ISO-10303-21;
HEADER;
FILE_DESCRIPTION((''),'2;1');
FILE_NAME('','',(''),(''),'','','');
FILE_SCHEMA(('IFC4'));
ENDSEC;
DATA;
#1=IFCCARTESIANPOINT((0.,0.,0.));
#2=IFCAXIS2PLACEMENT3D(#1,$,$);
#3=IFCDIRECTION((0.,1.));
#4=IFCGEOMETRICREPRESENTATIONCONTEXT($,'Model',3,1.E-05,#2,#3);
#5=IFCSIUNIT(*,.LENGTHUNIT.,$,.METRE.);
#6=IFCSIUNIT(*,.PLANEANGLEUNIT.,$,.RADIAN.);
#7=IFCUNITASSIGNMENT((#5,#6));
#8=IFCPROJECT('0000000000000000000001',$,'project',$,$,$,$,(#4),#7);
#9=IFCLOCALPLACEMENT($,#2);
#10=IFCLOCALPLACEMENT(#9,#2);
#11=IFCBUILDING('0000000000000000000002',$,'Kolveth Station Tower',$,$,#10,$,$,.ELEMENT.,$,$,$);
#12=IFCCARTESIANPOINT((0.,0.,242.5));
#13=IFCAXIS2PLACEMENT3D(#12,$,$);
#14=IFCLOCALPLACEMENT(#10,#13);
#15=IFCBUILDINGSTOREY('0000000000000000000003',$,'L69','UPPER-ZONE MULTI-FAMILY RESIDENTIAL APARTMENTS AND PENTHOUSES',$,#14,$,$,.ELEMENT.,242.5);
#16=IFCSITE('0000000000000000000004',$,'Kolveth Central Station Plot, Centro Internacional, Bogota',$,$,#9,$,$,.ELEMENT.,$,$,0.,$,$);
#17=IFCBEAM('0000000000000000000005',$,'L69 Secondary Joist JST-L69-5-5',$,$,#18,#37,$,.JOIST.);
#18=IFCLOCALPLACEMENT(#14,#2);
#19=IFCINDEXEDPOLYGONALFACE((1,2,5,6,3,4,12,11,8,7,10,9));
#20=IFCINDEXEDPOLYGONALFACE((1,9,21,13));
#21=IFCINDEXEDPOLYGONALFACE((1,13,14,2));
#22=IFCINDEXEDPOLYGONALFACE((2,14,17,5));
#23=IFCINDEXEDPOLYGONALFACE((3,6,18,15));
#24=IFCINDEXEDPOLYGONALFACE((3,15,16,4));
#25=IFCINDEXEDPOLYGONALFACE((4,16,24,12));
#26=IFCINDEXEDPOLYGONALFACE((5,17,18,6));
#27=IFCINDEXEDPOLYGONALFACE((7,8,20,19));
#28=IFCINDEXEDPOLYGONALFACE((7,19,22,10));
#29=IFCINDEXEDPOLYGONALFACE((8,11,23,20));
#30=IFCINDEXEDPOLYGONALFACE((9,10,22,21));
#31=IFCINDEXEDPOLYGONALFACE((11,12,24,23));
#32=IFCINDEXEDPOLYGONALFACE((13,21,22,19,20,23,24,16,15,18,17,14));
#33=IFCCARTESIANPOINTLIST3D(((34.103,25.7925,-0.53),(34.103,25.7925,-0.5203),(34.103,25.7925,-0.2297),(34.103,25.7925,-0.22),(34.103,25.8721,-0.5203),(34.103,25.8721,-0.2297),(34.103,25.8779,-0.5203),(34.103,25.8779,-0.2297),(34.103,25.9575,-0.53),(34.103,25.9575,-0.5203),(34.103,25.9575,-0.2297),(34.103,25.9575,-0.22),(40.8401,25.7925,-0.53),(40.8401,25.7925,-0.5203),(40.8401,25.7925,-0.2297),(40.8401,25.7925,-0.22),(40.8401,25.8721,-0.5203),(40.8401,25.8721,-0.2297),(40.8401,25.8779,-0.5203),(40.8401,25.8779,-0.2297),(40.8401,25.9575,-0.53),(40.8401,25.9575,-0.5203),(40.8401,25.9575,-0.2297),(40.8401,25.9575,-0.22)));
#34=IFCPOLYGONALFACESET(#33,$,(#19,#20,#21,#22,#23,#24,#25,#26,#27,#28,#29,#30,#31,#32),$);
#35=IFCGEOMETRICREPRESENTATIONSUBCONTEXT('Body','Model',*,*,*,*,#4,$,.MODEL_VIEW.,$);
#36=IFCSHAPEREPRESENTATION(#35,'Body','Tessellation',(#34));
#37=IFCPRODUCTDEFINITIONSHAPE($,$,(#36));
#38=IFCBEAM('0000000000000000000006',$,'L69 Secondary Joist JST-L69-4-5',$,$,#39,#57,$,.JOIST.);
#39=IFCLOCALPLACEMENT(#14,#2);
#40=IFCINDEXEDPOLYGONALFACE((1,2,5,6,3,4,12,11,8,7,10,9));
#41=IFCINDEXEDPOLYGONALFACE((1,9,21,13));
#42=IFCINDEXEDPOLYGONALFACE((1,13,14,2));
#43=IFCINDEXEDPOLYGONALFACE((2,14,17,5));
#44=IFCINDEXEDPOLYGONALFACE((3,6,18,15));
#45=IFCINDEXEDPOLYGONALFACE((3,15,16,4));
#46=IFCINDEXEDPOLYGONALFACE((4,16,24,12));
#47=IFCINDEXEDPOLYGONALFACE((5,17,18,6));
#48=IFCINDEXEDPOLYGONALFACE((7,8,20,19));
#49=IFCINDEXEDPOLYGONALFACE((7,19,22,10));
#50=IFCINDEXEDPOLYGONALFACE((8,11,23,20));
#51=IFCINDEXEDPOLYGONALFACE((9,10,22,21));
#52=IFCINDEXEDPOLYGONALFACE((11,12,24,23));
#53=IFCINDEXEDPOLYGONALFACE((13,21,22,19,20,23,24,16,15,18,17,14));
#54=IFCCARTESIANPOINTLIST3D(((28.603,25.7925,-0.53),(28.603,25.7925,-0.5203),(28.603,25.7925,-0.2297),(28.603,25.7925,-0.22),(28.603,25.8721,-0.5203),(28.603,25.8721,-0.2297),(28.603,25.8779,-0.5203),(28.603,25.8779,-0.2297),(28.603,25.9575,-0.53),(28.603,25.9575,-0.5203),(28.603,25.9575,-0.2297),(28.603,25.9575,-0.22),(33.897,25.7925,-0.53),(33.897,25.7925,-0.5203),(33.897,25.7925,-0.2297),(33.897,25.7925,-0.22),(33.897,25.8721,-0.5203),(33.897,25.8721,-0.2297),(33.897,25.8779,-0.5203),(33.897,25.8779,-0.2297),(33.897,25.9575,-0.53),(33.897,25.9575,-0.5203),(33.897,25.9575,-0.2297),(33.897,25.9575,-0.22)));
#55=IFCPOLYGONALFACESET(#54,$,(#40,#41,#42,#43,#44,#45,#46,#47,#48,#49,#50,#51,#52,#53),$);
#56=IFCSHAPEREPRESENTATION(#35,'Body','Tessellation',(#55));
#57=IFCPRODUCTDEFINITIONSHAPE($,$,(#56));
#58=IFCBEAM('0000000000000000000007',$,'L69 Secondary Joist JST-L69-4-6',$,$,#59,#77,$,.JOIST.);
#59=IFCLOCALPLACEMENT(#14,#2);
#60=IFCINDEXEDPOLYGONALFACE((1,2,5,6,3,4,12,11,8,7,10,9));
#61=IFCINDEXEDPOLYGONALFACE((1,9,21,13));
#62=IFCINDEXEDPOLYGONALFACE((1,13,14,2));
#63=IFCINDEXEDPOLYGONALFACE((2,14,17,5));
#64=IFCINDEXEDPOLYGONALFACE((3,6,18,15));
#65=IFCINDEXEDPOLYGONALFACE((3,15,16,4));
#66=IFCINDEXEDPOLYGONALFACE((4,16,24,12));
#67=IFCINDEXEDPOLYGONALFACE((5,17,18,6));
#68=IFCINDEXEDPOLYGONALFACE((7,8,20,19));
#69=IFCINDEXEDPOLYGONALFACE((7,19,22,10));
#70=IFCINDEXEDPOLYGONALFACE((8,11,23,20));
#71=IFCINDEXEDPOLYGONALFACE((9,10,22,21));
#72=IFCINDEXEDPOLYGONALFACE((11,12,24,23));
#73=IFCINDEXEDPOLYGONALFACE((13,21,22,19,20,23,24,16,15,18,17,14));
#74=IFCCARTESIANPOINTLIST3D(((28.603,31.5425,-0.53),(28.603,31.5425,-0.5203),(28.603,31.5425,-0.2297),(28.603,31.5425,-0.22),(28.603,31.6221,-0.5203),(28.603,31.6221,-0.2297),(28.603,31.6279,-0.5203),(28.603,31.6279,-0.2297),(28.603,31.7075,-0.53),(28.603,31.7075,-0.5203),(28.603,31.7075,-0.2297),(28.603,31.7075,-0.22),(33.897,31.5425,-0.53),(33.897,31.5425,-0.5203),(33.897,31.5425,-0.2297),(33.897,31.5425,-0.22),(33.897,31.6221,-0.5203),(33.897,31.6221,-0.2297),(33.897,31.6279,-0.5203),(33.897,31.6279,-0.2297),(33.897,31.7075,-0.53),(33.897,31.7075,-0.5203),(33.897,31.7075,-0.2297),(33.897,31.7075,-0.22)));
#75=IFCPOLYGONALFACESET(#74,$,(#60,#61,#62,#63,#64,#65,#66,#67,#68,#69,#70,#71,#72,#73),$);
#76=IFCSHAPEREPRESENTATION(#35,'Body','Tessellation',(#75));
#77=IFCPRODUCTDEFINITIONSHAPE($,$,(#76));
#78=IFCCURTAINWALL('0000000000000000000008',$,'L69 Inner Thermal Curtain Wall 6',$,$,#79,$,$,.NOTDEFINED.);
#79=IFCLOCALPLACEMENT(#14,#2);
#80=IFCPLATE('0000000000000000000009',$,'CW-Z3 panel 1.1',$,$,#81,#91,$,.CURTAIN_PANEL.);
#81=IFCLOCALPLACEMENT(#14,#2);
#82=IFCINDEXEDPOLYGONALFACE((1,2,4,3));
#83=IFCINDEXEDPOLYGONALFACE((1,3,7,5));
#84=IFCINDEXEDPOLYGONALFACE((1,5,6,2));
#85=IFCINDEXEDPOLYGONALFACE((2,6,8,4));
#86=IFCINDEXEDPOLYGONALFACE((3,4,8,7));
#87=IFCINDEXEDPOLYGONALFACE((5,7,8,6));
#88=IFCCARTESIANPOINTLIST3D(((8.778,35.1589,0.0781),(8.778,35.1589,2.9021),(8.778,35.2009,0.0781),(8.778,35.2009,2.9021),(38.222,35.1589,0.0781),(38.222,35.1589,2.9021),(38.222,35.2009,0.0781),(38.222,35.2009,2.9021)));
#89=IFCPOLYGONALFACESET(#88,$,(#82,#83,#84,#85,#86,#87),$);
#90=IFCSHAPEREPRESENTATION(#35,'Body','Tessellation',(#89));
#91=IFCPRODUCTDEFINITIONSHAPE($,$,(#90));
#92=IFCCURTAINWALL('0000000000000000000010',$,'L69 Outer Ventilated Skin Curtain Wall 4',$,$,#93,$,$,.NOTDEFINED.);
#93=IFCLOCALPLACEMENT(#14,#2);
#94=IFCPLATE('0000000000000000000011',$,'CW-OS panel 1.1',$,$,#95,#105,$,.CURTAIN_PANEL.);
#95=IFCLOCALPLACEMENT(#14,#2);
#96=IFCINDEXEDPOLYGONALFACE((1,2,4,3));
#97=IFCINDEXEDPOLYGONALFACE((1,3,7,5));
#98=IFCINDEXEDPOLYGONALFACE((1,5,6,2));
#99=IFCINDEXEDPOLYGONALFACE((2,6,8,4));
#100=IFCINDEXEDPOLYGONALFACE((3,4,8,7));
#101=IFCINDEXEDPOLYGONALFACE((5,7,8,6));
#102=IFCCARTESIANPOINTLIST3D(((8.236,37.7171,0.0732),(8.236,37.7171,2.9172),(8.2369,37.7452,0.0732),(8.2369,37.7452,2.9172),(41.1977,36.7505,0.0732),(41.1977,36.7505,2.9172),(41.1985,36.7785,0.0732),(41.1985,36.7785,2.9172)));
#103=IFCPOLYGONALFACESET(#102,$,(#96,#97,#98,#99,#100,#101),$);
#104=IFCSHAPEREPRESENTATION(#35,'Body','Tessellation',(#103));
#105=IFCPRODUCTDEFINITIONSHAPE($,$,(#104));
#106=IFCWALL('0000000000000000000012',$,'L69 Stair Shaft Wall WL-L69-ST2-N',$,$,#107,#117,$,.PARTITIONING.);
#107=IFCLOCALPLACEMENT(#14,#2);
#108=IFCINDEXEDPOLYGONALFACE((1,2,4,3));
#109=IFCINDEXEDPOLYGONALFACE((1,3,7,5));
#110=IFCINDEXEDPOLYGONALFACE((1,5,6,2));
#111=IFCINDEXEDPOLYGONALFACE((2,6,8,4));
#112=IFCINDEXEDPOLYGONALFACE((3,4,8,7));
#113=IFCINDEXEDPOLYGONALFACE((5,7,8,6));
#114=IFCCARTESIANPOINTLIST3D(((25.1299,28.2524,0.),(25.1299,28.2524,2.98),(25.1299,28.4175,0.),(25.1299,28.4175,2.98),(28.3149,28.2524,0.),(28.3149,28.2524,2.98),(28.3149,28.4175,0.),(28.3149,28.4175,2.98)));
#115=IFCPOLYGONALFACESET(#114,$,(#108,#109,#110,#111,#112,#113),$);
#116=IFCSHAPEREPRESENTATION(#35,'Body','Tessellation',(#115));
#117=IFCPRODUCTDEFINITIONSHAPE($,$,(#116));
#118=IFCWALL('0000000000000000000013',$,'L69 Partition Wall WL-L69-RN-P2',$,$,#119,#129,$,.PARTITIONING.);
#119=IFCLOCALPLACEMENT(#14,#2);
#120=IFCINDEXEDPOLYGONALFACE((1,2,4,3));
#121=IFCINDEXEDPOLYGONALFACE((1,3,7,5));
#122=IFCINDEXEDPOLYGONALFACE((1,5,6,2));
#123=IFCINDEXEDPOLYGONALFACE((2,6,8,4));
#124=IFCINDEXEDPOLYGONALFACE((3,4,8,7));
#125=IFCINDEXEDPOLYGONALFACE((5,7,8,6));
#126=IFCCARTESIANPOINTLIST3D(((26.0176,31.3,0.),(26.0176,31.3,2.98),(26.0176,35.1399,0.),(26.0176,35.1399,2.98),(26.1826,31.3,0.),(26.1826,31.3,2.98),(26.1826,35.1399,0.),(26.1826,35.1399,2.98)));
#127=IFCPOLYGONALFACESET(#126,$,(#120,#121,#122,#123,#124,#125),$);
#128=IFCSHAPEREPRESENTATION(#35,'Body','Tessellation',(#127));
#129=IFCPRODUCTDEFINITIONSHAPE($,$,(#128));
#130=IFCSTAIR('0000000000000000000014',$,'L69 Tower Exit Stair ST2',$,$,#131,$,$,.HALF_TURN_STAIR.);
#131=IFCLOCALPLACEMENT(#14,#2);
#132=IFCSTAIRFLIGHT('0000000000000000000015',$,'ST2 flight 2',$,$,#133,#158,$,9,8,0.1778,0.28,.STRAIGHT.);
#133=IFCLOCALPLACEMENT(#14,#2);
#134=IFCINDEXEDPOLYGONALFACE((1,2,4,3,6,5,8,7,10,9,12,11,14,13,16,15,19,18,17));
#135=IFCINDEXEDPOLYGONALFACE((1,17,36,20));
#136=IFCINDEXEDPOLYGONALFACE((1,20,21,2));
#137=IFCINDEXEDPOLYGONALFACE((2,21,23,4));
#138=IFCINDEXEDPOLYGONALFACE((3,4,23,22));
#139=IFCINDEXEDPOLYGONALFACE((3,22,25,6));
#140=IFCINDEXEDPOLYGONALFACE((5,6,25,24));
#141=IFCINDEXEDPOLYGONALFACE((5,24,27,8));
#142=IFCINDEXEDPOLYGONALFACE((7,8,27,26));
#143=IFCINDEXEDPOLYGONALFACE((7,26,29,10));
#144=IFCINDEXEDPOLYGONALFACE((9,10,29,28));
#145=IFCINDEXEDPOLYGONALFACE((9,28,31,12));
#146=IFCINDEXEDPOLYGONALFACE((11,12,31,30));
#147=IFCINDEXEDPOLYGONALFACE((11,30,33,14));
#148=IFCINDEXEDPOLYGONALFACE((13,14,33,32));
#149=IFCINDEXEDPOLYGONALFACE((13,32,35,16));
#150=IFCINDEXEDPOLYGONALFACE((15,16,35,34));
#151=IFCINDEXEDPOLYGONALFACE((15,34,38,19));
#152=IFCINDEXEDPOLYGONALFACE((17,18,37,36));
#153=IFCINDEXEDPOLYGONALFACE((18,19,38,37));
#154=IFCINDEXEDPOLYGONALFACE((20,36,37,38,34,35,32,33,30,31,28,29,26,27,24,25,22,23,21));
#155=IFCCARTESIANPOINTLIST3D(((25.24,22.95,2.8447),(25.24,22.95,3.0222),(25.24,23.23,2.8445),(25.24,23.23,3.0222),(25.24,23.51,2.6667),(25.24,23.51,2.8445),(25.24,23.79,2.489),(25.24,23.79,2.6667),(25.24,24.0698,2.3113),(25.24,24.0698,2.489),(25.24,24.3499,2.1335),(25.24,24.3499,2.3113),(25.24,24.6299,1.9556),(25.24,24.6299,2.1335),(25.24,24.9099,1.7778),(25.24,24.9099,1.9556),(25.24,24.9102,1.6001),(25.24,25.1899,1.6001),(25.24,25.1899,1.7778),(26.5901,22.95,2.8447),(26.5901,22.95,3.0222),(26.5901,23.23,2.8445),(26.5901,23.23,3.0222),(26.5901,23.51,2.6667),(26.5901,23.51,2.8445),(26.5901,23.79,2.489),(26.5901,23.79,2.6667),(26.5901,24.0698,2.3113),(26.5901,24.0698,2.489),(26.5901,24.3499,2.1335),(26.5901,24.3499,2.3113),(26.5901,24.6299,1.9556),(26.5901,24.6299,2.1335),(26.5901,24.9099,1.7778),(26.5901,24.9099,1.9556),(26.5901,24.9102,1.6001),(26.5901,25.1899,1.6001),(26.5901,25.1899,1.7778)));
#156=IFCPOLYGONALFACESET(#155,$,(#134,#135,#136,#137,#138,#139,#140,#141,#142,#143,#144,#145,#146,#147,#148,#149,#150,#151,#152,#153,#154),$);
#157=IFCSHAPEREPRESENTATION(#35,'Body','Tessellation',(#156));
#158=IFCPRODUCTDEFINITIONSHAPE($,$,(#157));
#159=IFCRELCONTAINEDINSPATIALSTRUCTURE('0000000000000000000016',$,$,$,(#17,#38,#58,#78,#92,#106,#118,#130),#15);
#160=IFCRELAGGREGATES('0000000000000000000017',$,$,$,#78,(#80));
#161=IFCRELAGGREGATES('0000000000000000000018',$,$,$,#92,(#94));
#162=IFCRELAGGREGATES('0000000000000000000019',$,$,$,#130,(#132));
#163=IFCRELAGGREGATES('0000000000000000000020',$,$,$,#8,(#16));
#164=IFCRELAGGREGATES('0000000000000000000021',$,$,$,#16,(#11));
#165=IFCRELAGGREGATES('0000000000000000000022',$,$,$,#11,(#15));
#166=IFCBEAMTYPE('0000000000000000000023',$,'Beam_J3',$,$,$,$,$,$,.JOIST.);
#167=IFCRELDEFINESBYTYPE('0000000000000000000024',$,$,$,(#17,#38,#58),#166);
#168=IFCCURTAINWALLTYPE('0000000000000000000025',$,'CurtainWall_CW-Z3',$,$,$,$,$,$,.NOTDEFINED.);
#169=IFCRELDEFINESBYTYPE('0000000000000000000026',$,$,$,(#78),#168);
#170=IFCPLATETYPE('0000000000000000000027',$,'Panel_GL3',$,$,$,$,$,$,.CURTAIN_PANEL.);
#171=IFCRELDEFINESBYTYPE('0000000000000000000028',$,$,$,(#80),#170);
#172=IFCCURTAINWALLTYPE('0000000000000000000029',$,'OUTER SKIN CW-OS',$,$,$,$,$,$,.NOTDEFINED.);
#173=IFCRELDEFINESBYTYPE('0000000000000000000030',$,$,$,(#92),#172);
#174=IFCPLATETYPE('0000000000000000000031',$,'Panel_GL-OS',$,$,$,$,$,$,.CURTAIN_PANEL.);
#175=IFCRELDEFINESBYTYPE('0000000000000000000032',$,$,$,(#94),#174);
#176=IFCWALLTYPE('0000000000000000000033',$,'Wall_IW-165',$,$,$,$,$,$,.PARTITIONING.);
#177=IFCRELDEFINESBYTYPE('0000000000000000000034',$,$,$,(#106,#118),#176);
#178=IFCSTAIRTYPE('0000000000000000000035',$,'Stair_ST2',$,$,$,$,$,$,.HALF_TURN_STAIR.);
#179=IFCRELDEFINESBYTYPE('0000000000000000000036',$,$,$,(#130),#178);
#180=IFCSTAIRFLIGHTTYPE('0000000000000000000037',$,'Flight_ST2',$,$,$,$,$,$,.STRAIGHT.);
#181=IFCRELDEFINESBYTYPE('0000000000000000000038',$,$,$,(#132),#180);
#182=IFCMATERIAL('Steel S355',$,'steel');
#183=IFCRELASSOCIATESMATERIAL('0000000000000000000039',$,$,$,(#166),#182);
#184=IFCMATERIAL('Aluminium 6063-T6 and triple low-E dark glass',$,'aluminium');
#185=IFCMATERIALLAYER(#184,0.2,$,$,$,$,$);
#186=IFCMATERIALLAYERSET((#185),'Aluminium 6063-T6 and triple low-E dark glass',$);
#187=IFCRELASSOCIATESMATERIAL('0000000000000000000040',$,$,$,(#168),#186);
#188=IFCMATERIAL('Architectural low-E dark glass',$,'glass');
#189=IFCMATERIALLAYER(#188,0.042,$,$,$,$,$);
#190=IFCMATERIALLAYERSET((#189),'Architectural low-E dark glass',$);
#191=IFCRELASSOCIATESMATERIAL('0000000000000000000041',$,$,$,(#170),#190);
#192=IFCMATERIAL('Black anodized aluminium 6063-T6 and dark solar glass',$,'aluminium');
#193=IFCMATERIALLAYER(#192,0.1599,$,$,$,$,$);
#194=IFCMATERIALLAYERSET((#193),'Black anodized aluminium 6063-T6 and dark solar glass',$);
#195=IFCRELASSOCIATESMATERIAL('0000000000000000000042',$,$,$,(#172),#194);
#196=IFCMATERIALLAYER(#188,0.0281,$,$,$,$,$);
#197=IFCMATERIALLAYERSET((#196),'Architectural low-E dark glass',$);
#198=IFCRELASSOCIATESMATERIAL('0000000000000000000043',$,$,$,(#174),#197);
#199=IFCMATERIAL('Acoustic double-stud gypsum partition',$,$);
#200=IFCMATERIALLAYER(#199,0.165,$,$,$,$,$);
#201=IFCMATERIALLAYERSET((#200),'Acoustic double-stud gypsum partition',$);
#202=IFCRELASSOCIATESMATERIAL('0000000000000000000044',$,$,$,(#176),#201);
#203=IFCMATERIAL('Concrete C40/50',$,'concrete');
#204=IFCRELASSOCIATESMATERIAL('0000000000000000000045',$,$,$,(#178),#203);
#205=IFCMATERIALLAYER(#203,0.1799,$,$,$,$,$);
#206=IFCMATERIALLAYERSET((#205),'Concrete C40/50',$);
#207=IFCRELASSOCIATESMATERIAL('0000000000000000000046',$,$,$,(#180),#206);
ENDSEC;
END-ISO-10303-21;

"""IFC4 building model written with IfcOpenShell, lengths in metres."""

from ifc_helpers import new_model, si_unit, direction, frame, frame_2d, origin, origin_2d, place, context, subcontext, project, spatial, polyline, rectangle, i_section, outline, extrude, source, transform, mapped, material, layer, layer_set, material_profile, profile_set, type_object, element, aggregate, save


model = new_model("IFC4")

# Units and contexts
model_context = context("Model", 3, precision=1e-05, world=origin(), true_north=direction((0.0, 1.0)))
body_context = subcontext(model_context, "Body", "Model", "MODEL_VIEW")
ifc_project = project(units=[si_unit("LENGTHUNIT", "METRE"), si_unit("PLANEANGLEUNIT", "RADIAN")], contexts=[model_context])

# Site, building, storey
site_placement = place(None, origin())
site = spatial("IfcSite", under=ifc_project, at=site_placement, Name="Kolveth Central Station Plot, Centro Internacional, Bogota", CompositionType="ELEMENT", RefElevation=0.0)
building_placement = place(site_placement, origin())
building = spatial("IfcBuilding", under=site, at=building_placement, Name="Kolveth Station Tower", CompositionType="ELEMENT")
storey_placement = place(building_placement, frame((0.0, 0.0, 242.5)))
storey = spatial("IfcBuildingStorey", under=building, at=storey_placement, Name="L69", Description="UPPER-ZONE MULTI-FAMILY RESIDENTIAL APARTMENTS AND PENTHOUSES", CompositionType="ELEMENT", Elevation=242.5)

# Shared definitions
ifc_material_1 = material(Name="Steel S355", Category="steel")

# Beams
ifc_material_profile_1 = material_profile(ifc_material_1, i_section(OverallWidth=0.165, OverallDepth=0.3101, WebThickness=0.0059, FlangeThickness=0.0098, at=origin_2d()), Name="W310x39")
ifc_profile_set_1 = profile_set([ifc_material_profile_1], Name="Steel S355")
beam_type_1 = type_object("IfcBeamType", Name="Beam_J3", PredefinedType="JOIST", material=ifc_profile_set_1)
shared_shape_1 = source(origin(), body_context, "Body", "SweptSolid", [
    extrude(i_section(OverallWidth=0.165, OverallDepth=0.3101, WebThickness=0.0059, FlangeThickness=0.0098, at=origin_2d()), origin(), (0.0, 0.0, 1.0), 6.7371),
])
beam_1_placement = place(storey_placement, frame((34.103, 25.875, -0.375), z_axis=(1.0, 0.0, 0.0), x_axis=(0.0, 1.0, 0.0)))
element("IfcBeam", 1, at=beam_1_placement, inside=storey, type_object=beam_type_1, Name="L69 Secondary Joist JST-L69-5-5", PredefinedType="JOIST", context=body_context, shape_type="MappedRepresentation", body=[
    mapped(shared_shape_1, transform((0.0, 0.0, 0.0), x_axis=(1.0, 0.0, 0.0), y_axis=(0.0, 1.0, 0.0), z_axis=(0.0, 0.0, 1.0), scale=1.0)),
])
shared_shape_2 = source(origin(), body_context, "Body", "SweptSolid", [
    extrude(i_section(OverallWidth=0.165, OverallDepth=0.3101, WebThickness=0.0059, FlangeThickness=0.0098, at=origin_2d()), origin(), (0.0, 0.0, 1.0), 5.2939),
])
for number, where, z_axis, x_axis, name in (
    (2, (28.603, 25.875, -0.375), (1.0, 0.0, 0.0), (0.0, 1.0, 0.0), "L69 Secondary Joist JST-L69-4-5"),
    (3, (28.603, 31.625, -0.375), (1.0, 0.0, 0.0), (0.0, 1.0, 0.0), "L69 Secondary Joist JST-L69-4-6"),
):
    element("IfcBeam", number, at=place(storey_placement, frame(where, z_axis=z_axis, x_axis=x_axis)), inside=storey, type_object=beam_type_1, Name=name, PredefinedType="JOIST", context=body_context, shape_type="MappedRepresentation", body=[
        mapped(shared_shape_2, transform((0.0, 0.0, 0.0), x_axis=(1.0, 0.0, 0.0), y_axis=(0.0, 1.0, 0.0), z_axis=(0.0, 0.0, 1.0), scale=1.0)),
    ])

# Curtain walls, plates
ifc_material_2 = material(Name="Aluminium 6063-T6 and triple low-E dark glass", Category="aluminium")
ifc_layer_1 = layer(ifc_material_2, 0.2)
ifc_layer_set_1 = layer_set([ifc_layer_1], Name="Aluminium 6063-T6 and triple low-E dark glass")
curtain_wall_type_1 = type_object("IfcCurtainWallType", Name="CurtainWall_CW-Z3", PredefinedType="NOTDEFINED", material=ifc_layer_set_1)
curtain_wall_1_placement = place(storey_placement, origin())
curtain_wall_1 = element("IfcCurtainWall", 4, at=curtain_wall_1_placement, inside=storey, type_object=curtain_wall_type_1, Name="L69 Inner Thermal Curtain Wall 6", PredefinedType="NOTDEFINED")
ifc_material_3 = material(Name="Architectural low-E dark glass", Category="glass")
ifc_layer_2 = layer(ifc_material_3, 0.042)
ifc_layer_set_2 = layer_set([ifc_layer_2], Name="Architectural low-E dark glass")
plate_type_1 = type_object("IfcPlateType", Name="Panel_GL3", PredefinedType="CURTAIN_PANEL", material=ifc_layer_set_2)
shared_shape_3 = source(origin(), body_context, "Body", "SweptSolid", [
    extrude(rectangle(XDim=29.4441, YDim=0.042, at=origin_2d()), origin(), (0.0, 0.0, 1.0), 2.824),
])
plate_1_placement = place(storey_placement, frame((23.5, 35.1799, 0.0781), z_axis=(0.0, 0.0, 1.0), x_axis=(-1.0, 0.0, 0.0)))
plate_1 = element("IfcPlate", 5, at=plate_1_placement, type_object=plate_type_1, Name="CW-Z3 panel 1.1", PredefinedType="CURTAIN_PANEL", context=body_context, shape_type="MappedRepresentation", body=[
    mapped(shared_shape_3, transform((0.0, 0.0, 0.0), x_axis=(1.0, 0.0, 0.0), y_axis=(0.0, 1.0, 0.0), z_axis=(0.0, 0.0, 1.0), scale=1.0)),
])
aggregate(curtain_wall_1, [plate_1])
ifc_material_4 = material(Name="Black anodized aluminium 6063-T6 and dark solar glass", Category="aluminium")
ifc_layer_3 = layer(ifc_material_4, 0.1599)
ifc_layer_set_3 = layer_set([ifc_layer_3], Name="Black anodized aluminium 6063-T6 and dark solar glass")
curtain_wall_type_2 = type_object("IfcCurtainWallType", Name="OUTER SKIN CW-OS", PredefinedType="NOTDEFINED", material=ifc_layer_set_3)
curtain_wall_2_placement = place(storey_placement, origin())
curtain_wall_2 = element("IfcCurtainWall", 6, at=curtain_wall_2_placement, inside=storey, type_object=curtain_wall_type_2, Name="L69 Outer Ventilated Skin Curtain Wall 4", PredefinedType="NOTDEFINED")
ifc_layer_4 = layer(ifc_material_3, 0.0281)
ifc_layer_set_4 = layer_set([ifc_layer_4], Name="Architectural low-E dark glass")
plate_type_2 = type_object("IfcPlateType", Name="Panel_GL-OS", PredefinedType="CURTAIN_PANEL", material=ifc_layer_set_4)
shared_shape_4 = source(origin(), body_context, "Body", "SweptSolid", [
    extrude(rectangle(XDim=32.9758, YDim=0.0281, at=origin_2d()), origin(), (0.0, 0.0, 1.0), 2.844),
])
plate_2_placement = place(storey_placement, frame((24.7173, 37.2478, 0.0732), z_axis=(0.0, 0.0, 1.0), x_axis=(-0.99957, 0.029313, 0.0)))
plate_2 = element("IfcPlate", 7, at=plate_2_placement, type_object=plate_type_2, Name="CW-OS panel 1.1", PredefinedType="CURTAIN_PANEL", context=body_context, shape_type="MappedRepresentation", body=[
    mapped(shared_shape_4, transform((0.0, 0.0, 0.0), x_axis=(1.0, 0.0, 0.0), y_axis=(0.0, 1.0, 0.0), z_axis=(0.0, 0.0, 1.0), scale=1.0)),
])
aggregate(curtain_wall_2, [plate_2])

# Walls
ifc_material_5 = material(Name="Acoustic double-stud gypsum partition")
ifc_layer_5 = layer(ifc_material_5, 0.165)
ifc_layer_set_5 = layer_set([ifc_layer_5], Name="Acoustic double-stud gypsum partition")
wall_type_1 = type_object("IfcWallType", Name="Wall_IW-165", PredefinedType="PARTITIONING", material=ifc_layer_set_5)
wall_1_placement = place(storey_placement, frame((25.1299, 28.335, 0.0), z_axis=(0.0, 0.0, 1.0), x_axis=(1.0, 0.0, 0.0)))
element("IfcWall", 8, at=wall_1_placement, inside=storey, type_object=wall_type_1, Name="L69 Stair Shaft Wall WL-L69-ST2-N", PredefinedType="PARTITIONING", context=body_context, shape_type="SweptSolid", body=[
    extrude(rectangle(XDim=3.1851, YDim=0.165, at=frame_2d((1.5925, 0.0))), origin(), (0.0, 0.0, 1.0), 2.98),
])
wall_2_placement = place(storey_placement, frame((26.1001, 31.3, 0.0), z_axis=(0.0, 0.0, 1.0), x_axis=(0.0, 1.0, 0.0)))
element("IfcWall", 9, at=wall_2_placement, inside=storey, type_object=wall_type_1, Name="L69 Partition Wall WL-L69-RN-P2", PredefinedType="PARTITIONING", context=body_context, shape_type="SweptSolid", body=[
    extrude(rectangle(XDim=3.8398, YDim=0.165, at=frame_2d((1.9199, 0.0))), origin(), (0.0, 0.0, 1.0), 2.98),
])

# Stair, stair flight
ifc_material_6 = material(Name="Concrete C40/50", Category="concrete")
stair_type = type_object("IfcStairType", Name="Stair_ST2", PredefinedType="HALF_TURN_STAIR", material=ifc_material_6)
stair_placement = place(storey_placement, origin())
stair = element("IfcStair", 10, at=stair_placement, inside=storey, type_object=stair_type, Name="L69 Tower Exit Stair ST2", PredefinedType="HALF_TURN_STAIR")
ifc_layer_6 = layer(ifc_material_6, 0.1799)
ifc_layer_set_6 = layer_set([ifc_layer_6], Name="Concrete C40/50")
stair_flight_type = type_object("IfcStairFlightType", Name="Flight_ST2", PredefinedType="STRAIGHT", material=ifc_layer_set_6)
stair_flight_placement = place(storey_placement, frame((25.915, 25.1899, 1.6001), z_axis=(0.0, 0.0, 1.0), x_axis=(0.0, -1.0, 0.0)))
stair_flight = element("IfcStairFlight", 11, at=stair_flight_placement, type_object=stair_flight_type, Name="ST2 flight 2", NumberOfRisers=9, NumberOfTreads=8, PredefinedType="STRAIGHT", RiserHeight=0.1778, TreadLength=0.28, context=body_context, shape_type="SweptSolid", body=[
    extrude(outline(polyline([(0.0, 0.0), (0.0, 0.1777), (0.28, 0.1777), (0.28, 0.3555), (0.5601, 0.3555), (0.5601, 0.5334), (0.8401, 0.5334), (0.8401, 0.7112), (1.1201, 0.7112), (1.1201, 0.8889), (1.3999, 0.8889), (1.3999, 1.0667), (1.6799, 1.0667), (1.6799, 1.2444), (1.96, 1.2444), (1.96, 1.4221), (2.24, 1.4221), (2.24, 1.6001), (2.24, 1.2446), (0.2798, 0.0), (0.0, 0.0)])), frame((0.0, 0.675, 0.0), z_axis=(0.0, -1.0, 0.0), x_axis=(1.0, 0.0, 0.0)), (0.0, 0.0, 1.0), 1.3501),
])
aggregate(stair, [stair_flight])

save(model, "model.ifc")
